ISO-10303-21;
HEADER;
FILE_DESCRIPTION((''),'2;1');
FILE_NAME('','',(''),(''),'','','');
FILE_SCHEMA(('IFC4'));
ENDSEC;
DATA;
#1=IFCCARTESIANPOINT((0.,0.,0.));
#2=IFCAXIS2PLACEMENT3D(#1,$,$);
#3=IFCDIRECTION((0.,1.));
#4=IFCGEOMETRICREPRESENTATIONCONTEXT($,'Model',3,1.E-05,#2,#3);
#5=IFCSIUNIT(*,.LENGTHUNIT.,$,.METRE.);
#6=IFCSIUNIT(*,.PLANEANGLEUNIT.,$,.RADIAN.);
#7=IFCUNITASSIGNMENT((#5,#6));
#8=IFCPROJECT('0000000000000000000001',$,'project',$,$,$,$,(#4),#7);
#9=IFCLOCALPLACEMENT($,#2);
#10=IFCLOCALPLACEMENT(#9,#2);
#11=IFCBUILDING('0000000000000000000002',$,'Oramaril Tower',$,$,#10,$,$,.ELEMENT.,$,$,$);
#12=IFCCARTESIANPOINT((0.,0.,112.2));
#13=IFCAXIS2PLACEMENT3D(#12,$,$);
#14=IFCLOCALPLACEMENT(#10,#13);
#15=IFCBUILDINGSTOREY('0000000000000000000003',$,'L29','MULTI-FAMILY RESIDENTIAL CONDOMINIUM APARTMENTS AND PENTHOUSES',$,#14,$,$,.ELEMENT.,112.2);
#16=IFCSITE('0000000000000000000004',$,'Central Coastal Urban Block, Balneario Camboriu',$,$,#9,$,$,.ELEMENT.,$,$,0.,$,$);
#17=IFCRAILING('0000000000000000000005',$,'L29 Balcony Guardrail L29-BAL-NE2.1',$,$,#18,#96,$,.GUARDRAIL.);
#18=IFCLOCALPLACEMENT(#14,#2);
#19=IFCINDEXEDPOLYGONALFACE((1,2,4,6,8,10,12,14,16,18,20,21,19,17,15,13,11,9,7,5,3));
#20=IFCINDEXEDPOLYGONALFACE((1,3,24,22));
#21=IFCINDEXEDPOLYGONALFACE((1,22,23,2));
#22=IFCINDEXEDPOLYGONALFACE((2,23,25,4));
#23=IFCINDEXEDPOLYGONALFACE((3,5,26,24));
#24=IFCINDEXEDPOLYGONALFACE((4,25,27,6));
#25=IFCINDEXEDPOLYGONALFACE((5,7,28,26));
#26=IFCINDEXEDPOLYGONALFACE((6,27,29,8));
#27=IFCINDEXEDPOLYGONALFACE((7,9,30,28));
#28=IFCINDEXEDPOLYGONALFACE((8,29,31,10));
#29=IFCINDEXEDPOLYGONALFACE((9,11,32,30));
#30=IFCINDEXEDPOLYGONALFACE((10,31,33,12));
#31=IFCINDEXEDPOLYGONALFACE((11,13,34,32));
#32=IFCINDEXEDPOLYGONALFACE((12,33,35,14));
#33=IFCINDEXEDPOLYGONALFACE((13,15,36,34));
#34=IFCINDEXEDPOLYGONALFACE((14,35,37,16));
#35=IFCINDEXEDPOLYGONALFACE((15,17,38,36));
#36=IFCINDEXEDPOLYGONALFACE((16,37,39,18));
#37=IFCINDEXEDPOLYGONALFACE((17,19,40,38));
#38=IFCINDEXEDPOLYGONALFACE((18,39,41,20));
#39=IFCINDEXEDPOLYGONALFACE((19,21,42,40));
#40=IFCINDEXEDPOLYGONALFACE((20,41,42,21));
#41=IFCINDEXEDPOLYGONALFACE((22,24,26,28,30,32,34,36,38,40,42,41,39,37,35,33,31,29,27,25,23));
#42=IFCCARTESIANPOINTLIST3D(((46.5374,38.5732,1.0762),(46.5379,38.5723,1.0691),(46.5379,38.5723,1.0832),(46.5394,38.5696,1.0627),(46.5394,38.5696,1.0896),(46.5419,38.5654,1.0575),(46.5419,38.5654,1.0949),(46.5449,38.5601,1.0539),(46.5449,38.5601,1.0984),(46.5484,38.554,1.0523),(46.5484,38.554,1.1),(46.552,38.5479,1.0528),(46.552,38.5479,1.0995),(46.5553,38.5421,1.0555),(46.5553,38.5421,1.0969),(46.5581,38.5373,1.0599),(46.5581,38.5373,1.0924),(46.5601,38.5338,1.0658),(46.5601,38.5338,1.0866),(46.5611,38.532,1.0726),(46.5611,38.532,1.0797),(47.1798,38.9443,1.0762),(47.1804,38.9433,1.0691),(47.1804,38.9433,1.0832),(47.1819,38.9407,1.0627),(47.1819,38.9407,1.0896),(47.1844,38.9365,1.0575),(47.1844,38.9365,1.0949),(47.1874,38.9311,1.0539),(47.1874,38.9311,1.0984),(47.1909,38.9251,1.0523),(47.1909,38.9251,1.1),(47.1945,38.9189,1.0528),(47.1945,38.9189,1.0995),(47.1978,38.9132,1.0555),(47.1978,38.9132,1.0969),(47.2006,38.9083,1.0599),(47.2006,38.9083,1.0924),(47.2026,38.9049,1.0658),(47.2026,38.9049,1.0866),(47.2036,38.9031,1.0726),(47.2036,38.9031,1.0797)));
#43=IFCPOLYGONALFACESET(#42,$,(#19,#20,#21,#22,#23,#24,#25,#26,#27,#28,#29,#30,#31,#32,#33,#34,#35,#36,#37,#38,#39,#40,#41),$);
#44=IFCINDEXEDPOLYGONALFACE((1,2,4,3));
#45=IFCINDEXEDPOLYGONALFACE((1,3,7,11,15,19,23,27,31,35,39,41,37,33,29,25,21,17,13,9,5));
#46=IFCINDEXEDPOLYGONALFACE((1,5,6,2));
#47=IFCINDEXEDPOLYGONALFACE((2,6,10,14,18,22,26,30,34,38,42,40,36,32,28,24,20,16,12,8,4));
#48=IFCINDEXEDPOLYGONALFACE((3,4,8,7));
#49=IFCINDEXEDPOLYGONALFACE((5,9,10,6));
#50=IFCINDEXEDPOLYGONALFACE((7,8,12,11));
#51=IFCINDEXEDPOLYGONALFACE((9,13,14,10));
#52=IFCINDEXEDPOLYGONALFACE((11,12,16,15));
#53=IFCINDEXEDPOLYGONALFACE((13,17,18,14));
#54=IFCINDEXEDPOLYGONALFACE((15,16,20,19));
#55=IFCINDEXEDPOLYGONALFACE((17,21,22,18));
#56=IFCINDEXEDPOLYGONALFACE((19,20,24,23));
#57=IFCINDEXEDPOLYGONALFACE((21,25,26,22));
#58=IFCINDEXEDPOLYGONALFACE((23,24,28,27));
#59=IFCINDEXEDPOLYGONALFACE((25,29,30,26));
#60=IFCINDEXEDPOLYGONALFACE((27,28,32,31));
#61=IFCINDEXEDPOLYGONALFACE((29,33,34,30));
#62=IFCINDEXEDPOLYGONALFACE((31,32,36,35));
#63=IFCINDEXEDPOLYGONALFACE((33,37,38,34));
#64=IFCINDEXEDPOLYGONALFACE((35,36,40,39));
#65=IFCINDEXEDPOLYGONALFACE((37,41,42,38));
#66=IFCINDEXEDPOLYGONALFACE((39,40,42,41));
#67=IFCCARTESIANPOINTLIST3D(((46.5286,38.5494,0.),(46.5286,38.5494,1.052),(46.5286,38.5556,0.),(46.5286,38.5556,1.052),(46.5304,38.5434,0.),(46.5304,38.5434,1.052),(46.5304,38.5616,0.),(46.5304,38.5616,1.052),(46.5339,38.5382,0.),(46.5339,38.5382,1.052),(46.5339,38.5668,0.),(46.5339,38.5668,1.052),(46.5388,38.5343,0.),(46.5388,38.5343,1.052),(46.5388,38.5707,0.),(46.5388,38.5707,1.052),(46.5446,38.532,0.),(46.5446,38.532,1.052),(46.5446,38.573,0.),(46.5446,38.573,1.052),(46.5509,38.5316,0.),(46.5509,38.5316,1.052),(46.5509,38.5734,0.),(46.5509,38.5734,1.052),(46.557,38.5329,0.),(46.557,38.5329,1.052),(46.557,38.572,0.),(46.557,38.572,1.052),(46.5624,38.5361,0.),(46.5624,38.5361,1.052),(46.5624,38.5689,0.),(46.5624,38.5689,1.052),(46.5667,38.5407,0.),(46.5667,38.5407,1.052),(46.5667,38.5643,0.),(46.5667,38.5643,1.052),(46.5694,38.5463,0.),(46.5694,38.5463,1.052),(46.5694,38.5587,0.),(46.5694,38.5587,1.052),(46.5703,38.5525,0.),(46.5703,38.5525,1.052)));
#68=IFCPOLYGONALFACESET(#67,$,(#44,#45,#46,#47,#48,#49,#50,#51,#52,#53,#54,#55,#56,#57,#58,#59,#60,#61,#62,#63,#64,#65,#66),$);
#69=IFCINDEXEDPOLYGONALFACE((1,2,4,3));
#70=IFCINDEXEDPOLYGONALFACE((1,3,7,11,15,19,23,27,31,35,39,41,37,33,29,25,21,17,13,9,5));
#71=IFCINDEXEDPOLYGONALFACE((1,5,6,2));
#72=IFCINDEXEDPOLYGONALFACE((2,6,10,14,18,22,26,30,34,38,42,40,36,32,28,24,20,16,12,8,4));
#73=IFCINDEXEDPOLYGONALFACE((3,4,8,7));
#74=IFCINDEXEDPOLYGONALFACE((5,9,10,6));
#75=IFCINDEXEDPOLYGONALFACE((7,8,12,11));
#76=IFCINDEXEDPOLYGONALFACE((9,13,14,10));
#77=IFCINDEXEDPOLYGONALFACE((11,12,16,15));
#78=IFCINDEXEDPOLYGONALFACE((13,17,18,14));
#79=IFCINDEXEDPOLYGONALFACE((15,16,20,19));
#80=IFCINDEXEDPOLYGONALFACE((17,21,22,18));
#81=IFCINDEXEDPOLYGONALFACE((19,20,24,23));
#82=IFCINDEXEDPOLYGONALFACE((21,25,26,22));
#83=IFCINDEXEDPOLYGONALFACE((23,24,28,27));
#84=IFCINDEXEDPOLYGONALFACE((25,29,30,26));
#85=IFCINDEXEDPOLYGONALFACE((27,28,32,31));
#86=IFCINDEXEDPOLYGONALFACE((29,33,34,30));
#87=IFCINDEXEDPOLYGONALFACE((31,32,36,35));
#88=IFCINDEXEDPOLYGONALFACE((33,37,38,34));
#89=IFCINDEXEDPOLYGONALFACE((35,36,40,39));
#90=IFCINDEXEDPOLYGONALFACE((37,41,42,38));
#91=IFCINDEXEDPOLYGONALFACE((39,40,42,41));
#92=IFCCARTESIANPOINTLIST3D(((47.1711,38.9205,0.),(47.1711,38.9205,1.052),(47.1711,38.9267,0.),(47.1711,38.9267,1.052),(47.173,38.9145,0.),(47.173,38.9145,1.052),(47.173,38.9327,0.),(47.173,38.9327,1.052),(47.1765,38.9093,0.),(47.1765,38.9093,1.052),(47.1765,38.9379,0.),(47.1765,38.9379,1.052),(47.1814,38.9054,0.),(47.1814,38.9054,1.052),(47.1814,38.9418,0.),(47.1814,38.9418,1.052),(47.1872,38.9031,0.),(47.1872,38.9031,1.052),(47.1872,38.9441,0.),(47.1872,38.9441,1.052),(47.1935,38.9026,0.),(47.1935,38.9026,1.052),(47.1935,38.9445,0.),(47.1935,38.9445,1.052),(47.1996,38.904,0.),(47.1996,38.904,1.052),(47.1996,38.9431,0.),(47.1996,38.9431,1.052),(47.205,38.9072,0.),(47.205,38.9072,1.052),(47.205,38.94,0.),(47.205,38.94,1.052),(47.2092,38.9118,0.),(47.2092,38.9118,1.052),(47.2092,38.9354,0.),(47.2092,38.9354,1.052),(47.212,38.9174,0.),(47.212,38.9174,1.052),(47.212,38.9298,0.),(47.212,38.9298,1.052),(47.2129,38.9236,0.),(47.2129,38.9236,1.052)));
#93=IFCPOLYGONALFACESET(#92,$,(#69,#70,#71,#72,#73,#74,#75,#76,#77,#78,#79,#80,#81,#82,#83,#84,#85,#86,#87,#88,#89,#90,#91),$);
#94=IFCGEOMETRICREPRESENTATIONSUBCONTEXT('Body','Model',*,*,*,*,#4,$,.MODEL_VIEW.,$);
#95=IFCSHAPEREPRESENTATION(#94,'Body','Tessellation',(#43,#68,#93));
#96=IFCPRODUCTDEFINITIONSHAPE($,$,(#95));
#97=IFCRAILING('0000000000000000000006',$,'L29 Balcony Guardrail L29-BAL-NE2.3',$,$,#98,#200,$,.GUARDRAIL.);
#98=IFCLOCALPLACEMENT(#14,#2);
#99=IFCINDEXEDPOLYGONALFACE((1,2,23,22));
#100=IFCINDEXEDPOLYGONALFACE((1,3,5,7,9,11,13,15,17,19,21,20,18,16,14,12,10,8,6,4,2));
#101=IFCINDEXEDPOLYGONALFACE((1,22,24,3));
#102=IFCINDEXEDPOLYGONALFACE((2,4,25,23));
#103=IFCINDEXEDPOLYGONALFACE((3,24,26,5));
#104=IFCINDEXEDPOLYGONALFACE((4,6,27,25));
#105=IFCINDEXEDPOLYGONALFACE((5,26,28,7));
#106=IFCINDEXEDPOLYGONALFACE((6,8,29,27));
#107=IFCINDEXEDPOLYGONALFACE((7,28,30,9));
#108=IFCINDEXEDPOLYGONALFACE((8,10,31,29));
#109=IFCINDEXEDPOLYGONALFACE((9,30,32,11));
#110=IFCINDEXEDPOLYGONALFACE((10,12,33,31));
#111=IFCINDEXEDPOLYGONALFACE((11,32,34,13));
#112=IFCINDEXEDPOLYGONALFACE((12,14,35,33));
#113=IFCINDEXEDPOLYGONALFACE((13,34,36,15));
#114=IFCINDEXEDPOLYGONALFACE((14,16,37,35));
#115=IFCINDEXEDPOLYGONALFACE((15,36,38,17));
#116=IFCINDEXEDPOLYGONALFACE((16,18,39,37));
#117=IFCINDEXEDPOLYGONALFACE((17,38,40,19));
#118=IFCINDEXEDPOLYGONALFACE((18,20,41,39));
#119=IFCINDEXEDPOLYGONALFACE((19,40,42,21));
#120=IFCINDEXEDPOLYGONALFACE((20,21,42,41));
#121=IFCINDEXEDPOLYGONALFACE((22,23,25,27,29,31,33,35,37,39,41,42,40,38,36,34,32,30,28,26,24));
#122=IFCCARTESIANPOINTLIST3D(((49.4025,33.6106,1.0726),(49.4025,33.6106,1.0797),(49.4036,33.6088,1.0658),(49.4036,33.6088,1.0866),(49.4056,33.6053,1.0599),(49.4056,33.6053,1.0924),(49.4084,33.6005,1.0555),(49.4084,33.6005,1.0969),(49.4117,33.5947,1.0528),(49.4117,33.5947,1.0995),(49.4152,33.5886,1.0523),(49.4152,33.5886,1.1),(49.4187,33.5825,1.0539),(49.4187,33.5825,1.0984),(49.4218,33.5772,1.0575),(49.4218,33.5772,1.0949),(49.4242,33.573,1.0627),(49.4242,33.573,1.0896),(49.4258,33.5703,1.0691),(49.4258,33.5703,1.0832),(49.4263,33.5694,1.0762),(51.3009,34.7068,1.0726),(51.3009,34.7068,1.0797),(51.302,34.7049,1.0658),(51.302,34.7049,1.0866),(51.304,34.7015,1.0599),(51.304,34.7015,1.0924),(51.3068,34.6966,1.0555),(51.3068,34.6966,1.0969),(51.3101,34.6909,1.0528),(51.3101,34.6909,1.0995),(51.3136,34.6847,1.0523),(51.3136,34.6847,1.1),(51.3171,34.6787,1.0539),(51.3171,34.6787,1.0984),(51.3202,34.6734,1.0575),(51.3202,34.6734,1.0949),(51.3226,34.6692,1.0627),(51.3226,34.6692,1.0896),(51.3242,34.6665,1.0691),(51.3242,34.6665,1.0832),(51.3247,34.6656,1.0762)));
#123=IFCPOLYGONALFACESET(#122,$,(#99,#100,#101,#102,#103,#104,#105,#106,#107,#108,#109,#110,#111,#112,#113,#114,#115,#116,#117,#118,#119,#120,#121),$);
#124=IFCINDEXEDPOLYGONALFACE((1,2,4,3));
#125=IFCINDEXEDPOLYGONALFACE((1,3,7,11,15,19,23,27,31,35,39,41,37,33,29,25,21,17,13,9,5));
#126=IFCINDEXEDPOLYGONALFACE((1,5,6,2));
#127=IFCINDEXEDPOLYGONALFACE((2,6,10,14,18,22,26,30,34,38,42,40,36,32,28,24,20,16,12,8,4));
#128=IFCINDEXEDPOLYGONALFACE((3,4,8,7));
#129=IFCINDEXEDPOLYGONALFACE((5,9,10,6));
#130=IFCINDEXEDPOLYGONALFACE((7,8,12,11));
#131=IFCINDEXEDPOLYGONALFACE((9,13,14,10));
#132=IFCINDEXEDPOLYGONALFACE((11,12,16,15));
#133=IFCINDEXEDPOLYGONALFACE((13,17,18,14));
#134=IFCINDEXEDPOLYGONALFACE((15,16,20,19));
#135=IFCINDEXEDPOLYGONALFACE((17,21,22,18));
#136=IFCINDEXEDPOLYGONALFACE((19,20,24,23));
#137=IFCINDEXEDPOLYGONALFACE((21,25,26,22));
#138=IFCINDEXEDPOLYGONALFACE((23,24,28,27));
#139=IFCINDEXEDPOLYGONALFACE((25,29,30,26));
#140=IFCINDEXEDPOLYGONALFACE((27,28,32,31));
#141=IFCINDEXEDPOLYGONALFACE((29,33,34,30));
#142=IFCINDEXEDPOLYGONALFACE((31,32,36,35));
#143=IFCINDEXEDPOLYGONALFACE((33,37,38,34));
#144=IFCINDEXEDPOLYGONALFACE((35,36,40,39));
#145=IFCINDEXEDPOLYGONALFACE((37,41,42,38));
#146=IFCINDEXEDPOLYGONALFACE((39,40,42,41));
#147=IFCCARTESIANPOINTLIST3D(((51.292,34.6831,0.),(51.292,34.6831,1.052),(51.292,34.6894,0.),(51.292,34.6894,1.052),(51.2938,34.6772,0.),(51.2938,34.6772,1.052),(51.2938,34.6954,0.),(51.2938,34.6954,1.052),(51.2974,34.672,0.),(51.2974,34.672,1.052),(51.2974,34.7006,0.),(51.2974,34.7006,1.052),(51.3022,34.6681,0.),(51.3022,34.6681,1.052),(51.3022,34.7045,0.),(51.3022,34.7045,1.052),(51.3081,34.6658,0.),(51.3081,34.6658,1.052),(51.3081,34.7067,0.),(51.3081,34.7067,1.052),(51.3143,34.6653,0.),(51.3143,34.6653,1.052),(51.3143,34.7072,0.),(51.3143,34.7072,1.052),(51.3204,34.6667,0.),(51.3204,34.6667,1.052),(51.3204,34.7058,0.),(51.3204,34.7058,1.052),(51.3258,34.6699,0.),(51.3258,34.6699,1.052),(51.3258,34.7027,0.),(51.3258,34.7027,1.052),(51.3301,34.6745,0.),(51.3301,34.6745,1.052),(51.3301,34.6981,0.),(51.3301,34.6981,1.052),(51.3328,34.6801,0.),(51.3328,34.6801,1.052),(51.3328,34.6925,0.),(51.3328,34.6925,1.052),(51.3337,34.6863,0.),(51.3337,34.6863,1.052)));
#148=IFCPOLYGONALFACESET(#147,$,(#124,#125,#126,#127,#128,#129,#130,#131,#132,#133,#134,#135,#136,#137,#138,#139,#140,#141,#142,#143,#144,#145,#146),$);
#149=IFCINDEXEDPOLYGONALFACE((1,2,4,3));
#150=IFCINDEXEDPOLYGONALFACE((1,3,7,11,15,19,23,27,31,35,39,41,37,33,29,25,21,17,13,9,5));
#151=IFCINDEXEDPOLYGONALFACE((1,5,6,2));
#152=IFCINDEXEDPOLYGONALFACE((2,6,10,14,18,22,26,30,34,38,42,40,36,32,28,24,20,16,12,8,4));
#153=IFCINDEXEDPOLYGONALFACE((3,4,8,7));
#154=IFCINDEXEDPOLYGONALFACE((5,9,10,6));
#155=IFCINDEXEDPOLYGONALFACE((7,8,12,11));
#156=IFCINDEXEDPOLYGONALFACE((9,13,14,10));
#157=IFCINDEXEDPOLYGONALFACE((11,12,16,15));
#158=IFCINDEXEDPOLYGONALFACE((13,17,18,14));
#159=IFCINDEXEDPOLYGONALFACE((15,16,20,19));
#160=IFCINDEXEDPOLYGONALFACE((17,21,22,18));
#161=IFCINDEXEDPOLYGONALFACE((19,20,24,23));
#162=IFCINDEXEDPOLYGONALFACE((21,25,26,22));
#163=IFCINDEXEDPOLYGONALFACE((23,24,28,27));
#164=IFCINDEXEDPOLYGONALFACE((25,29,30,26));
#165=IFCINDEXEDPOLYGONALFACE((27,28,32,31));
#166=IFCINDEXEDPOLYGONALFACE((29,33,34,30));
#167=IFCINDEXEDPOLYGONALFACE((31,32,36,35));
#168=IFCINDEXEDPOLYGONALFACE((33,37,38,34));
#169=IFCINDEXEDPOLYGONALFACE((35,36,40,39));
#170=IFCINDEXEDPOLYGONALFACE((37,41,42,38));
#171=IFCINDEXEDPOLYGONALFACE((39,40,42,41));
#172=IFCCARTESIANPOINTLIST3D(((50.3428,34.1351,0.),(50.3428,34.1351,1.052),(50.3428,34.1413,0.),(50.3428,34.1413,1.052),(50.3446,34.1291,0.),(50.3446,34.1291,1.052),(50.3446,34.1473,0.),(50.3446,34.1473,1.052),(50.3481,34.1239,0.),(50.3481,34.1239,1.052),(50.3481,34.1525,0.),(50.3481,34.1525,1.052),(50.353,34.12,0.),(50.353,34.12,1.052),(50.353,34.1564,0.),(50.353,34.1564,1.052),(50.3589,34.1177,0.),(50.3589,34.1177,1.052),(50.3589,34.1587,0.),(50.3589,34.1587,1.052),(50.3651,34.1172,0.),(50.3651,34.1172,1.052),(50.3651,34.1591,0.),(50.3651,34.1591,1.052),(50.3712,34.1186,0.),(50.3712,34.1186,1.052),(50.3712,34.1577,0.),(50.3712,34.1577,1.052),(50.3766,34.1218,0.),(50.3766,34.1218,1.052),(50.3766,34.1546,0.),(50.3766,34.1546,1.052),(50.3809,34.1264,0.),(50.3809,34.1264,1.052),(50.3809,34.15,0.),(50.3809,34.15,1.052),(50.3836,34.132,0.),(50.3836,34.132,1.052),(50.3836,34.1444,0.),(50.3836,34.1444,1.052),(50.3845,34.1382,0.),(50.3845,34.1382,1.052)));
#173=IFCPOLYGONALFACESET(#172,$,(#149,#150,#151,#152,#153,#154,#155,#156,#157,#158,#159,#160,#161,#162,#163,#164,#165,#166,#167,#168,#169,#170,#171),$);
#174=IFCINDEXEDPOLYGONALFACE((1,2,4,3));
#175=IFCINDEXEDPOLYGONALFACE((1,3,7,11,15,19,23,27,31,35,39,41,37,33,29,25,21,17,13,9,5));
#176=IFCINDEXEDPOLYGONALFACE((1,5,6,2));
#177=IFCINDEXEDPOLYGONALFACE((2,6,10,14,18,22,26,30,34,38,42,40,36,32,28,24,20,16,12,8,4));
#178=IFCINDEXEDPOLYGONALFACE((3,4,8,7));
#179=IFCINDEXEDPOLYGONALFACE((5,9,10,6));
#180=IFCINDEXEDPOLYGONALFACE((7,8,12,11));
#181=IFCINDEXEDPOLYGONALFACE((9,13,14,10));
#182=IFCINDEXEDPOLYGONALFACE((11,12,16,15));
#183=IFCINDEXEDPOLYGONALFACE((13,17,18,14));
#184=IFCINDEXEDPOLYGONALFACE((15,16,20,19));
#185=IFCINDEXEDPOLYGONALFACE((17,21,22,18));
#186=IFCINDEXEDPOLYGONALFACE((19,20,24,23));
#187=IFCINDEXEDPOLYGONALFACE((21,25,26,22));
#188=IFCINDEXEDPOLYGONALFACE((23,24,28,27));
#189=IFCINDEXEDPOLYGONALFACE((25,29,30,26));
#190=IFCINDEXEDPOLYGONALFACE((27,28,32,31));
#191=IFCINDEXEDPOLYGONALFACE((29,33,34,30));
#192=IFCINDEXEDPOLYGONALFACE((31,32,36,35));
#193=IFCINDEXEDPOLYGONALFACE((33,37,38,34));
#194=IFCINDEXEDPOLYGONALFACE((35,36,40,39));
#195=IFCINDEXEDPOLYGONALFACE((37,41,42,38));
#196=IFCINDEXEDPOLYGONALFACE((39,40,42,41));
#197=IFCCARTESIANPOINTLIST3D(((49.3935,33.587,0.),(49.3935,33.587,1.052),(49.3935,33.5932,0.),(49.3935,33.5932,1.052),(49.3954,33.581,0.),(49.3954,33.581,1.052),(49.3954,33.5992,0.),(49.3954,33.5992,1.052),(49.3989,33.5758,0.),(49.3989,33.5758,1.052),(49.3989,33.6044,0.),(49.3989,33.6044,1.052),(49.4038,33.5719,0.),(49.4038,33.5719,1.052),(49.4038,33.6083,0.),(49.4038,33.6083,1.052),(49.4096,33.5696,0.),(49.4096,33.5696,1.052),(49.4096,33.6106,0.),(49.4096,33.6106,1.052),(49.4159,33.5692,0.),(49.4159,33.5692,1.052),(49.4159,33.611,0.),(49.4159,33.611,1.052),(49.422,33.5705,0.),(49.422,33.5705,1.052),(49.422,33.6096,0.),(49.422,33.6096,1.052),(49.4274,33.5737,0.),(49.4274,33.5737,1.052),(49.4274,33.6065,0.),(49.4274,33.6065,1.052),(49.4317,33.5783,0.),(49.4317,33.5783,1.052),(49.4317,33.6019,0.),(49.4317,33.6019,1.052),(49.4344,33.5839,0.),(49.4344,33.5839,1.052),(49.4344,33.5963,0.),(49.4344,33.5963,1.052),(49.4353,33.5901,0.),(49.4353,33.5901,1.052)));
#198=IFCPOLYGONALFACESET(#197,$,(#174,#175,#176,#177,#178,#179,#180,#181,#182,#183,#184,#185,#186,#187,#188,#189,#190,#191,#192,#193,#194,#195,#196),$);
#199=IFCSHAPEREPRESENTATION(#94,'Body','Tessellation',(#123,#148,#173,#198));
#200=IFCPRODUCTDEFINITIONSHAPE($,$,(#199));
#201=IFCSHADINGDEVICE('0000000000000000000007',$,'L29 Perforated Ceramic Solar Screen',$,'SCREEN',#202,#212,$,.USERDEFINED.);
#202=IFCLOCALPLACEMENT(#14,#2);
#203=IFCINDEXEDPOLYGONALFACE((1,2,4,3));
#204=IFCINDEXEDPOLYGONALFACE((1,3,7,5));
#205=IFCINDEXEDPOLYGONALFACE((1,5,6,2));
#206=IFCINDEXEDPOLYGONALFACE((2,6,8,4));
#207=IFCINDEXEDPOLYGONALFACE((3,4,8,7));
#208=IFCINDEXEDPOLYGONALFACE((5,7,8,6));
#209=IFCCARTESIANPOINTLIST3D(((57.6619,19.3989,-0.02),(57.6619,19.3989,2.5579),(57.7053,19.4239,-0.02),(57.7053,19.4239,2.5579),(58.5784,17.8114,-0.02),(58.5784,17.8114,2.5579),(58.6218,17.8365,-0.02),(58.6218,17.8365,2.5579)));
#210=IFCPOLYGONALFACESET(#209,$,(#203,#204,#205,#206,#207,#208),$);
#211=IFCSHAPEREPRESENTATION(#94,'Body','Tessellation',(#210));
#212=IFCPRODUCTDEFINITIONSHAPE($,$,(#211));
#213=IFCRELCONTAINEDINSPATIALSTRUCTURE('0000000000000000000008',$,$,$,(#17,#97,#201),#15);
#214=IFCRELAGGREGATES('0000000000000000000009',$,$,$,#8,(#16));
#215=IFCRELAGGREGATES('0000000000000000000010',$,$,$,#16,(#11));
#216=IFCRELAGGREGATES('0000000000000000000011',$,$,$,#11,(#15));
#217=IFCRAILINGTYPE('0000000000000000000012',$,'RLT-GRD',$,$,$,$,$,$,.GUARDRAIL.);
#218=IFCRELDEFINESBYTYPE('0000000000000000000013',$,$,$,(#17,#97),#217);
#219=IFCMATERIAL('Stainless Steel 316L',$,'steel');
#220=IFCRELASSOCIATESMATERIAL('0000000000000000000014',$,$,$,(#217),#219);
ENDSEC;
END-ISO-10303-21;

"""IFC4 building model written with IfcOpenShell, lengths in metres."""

from ifc_helpers import new_model, si_unit, direction, frame, origin, origin_2d, place, context, subcontext, project, spatial, rectangle, circle, extrude, material, type_object, element, save


model = new_model("IFC4")

# Units and contexts
model_context = context("Model", 3, precision=1e-05, world=origin(), true_north=direction((0.0, 1.0)))
body_context = subcontext(model_context, "Body", "Model", "MODEL_VIEW")
ifc_project = project(units=[si_unit("LENGTHUNIT", "METRE"), si_unit("PLANEANGLEUNIT", "RADIAN")], contexts=[model_context])

# Site, building, storey
site_placement = place(None, origin())
site = spatial("IfcSite", under=ifc_project, at=site_placement, Name="Central Coastal Urban Block, Balneario Camboriu", CompositionType="ELEMENT", RefElevation=0.0)
building_placement = place(site_placement, origin())
building = spatial("IfcBuilding", under=site, at=building_placement, Name="Oramaril Tower", CompositionType="ELEMENT")
storey_placement = place(building_placement, frame((0.0, 0.0, 112.2)))
storey = spatial("IfcBuildingStorey", under=building, at=storey_placement, Name="L29", Description="MULTI-FAMILY RESIDENTIAL CONDOMINIUM APARTMENTS AND PENTHOUSES", CompositionType="ELEMENT", Elevation=112.2)

# Railings
ifc_material_1 = material(Name="Stainless Steel 316L", Category="steel")
railing_type = type_object("IfcRailingType", Name="RLT-GRD", PredefinedType="GUARDRAIL", material=ifc_material_1)
railing_1_placement = place(storey_placement, frame((46.5493, 38.5525, 0.0)))
element("IfcRailing", 1, at=railing_1_placement, inside=storey, type_object=railing_type, Name="L29 Balcony Guardrail L29-BAL-NE2.1", PredefinedType="GUARDRAIL", context=body_context, shape_type="SweptSolid", body=[
    extrude(circle(Radius=0.0239, at=origin_2d()), frame((0.0, 0.0, 1.0762), z_axis=(0.865966, 0.500102, 0.0), x_axis=(-0.500102, 0.865966, 0.0)), (0.0, 0.0, 1.0), 0.7419),
    extrude(circle(Radius=0.021, at=origin_2d()), origin(), (0.0, 0.0, 1.0), 1.052),
    extrude(circle(Radius=0.021, at=origin_2d()), frame((0.6426, 0.3711, 0.0)), (0.0, 0.0, 1.0), 1.052),
])
railing_2_placement = place(storey_placement, frame((51.3127, 34.6863, 0.0)))
element("IfcRailing", 2, at=railing_2_placement, inside=storey, type_object=railing_type, Name="L29 Balcony Guardrail L29-BAL-NE2.3", PredefinedType="GUARDRAIL", context=body_context, shape_type="SweptSolid", body=[
    extrude(circle(Radius=0.0239, at=origin_2d()), frame((0.0, 0.0, 1.0762), z_axis=(-0.866, -0.500044, 0.0), x_axis=(0.500044, -0.866, 0.0)), (0.0, 0.0, 1.0), 2.1921),
    extrude(circle(Radius=0.021, at=origin_2d()), origin(), (0.0, 0.0, 1.0), 1.052),
    extrude(circle(Radius=0.021, at=origin_2d()), frame((-0.9492, -0.5481, 0.0)), (0.0, 0.0, 1.0), 1.052),
    extrude(circle(Radius=0.021, at=origin_2d()), frame((-1.8984, -1.0962, 0.0)), (0.0, 0.0, 1.0), 1.052),
])

# Shading device
for number, where, z_axis, x_axis, name in (
    (3, (58.1418, 18.6177, -0.02), (0.0, 0.0, 1.0), (-0.5, 0.866025, 0.0), "L29 Perforated Ceramic Solar Screen"),
):
    element("IfcShadingDevice", number, at=place(storey_placement, frame(where, z_axis=z_axis, x_axis=x_axis)), inside=storey, Name=name, ObjectType="SCREEN", PredefinedType="USERDEFINED", context=body_context, shape_type="SweptSolid", body=[
        extrude(rectangle(XDim=1.833, YDim=0.05, at=origin_2d()), origin(), (0.0, 0.0, 1.0), 2.5779),
    ])

save(model, "model.ifc")
